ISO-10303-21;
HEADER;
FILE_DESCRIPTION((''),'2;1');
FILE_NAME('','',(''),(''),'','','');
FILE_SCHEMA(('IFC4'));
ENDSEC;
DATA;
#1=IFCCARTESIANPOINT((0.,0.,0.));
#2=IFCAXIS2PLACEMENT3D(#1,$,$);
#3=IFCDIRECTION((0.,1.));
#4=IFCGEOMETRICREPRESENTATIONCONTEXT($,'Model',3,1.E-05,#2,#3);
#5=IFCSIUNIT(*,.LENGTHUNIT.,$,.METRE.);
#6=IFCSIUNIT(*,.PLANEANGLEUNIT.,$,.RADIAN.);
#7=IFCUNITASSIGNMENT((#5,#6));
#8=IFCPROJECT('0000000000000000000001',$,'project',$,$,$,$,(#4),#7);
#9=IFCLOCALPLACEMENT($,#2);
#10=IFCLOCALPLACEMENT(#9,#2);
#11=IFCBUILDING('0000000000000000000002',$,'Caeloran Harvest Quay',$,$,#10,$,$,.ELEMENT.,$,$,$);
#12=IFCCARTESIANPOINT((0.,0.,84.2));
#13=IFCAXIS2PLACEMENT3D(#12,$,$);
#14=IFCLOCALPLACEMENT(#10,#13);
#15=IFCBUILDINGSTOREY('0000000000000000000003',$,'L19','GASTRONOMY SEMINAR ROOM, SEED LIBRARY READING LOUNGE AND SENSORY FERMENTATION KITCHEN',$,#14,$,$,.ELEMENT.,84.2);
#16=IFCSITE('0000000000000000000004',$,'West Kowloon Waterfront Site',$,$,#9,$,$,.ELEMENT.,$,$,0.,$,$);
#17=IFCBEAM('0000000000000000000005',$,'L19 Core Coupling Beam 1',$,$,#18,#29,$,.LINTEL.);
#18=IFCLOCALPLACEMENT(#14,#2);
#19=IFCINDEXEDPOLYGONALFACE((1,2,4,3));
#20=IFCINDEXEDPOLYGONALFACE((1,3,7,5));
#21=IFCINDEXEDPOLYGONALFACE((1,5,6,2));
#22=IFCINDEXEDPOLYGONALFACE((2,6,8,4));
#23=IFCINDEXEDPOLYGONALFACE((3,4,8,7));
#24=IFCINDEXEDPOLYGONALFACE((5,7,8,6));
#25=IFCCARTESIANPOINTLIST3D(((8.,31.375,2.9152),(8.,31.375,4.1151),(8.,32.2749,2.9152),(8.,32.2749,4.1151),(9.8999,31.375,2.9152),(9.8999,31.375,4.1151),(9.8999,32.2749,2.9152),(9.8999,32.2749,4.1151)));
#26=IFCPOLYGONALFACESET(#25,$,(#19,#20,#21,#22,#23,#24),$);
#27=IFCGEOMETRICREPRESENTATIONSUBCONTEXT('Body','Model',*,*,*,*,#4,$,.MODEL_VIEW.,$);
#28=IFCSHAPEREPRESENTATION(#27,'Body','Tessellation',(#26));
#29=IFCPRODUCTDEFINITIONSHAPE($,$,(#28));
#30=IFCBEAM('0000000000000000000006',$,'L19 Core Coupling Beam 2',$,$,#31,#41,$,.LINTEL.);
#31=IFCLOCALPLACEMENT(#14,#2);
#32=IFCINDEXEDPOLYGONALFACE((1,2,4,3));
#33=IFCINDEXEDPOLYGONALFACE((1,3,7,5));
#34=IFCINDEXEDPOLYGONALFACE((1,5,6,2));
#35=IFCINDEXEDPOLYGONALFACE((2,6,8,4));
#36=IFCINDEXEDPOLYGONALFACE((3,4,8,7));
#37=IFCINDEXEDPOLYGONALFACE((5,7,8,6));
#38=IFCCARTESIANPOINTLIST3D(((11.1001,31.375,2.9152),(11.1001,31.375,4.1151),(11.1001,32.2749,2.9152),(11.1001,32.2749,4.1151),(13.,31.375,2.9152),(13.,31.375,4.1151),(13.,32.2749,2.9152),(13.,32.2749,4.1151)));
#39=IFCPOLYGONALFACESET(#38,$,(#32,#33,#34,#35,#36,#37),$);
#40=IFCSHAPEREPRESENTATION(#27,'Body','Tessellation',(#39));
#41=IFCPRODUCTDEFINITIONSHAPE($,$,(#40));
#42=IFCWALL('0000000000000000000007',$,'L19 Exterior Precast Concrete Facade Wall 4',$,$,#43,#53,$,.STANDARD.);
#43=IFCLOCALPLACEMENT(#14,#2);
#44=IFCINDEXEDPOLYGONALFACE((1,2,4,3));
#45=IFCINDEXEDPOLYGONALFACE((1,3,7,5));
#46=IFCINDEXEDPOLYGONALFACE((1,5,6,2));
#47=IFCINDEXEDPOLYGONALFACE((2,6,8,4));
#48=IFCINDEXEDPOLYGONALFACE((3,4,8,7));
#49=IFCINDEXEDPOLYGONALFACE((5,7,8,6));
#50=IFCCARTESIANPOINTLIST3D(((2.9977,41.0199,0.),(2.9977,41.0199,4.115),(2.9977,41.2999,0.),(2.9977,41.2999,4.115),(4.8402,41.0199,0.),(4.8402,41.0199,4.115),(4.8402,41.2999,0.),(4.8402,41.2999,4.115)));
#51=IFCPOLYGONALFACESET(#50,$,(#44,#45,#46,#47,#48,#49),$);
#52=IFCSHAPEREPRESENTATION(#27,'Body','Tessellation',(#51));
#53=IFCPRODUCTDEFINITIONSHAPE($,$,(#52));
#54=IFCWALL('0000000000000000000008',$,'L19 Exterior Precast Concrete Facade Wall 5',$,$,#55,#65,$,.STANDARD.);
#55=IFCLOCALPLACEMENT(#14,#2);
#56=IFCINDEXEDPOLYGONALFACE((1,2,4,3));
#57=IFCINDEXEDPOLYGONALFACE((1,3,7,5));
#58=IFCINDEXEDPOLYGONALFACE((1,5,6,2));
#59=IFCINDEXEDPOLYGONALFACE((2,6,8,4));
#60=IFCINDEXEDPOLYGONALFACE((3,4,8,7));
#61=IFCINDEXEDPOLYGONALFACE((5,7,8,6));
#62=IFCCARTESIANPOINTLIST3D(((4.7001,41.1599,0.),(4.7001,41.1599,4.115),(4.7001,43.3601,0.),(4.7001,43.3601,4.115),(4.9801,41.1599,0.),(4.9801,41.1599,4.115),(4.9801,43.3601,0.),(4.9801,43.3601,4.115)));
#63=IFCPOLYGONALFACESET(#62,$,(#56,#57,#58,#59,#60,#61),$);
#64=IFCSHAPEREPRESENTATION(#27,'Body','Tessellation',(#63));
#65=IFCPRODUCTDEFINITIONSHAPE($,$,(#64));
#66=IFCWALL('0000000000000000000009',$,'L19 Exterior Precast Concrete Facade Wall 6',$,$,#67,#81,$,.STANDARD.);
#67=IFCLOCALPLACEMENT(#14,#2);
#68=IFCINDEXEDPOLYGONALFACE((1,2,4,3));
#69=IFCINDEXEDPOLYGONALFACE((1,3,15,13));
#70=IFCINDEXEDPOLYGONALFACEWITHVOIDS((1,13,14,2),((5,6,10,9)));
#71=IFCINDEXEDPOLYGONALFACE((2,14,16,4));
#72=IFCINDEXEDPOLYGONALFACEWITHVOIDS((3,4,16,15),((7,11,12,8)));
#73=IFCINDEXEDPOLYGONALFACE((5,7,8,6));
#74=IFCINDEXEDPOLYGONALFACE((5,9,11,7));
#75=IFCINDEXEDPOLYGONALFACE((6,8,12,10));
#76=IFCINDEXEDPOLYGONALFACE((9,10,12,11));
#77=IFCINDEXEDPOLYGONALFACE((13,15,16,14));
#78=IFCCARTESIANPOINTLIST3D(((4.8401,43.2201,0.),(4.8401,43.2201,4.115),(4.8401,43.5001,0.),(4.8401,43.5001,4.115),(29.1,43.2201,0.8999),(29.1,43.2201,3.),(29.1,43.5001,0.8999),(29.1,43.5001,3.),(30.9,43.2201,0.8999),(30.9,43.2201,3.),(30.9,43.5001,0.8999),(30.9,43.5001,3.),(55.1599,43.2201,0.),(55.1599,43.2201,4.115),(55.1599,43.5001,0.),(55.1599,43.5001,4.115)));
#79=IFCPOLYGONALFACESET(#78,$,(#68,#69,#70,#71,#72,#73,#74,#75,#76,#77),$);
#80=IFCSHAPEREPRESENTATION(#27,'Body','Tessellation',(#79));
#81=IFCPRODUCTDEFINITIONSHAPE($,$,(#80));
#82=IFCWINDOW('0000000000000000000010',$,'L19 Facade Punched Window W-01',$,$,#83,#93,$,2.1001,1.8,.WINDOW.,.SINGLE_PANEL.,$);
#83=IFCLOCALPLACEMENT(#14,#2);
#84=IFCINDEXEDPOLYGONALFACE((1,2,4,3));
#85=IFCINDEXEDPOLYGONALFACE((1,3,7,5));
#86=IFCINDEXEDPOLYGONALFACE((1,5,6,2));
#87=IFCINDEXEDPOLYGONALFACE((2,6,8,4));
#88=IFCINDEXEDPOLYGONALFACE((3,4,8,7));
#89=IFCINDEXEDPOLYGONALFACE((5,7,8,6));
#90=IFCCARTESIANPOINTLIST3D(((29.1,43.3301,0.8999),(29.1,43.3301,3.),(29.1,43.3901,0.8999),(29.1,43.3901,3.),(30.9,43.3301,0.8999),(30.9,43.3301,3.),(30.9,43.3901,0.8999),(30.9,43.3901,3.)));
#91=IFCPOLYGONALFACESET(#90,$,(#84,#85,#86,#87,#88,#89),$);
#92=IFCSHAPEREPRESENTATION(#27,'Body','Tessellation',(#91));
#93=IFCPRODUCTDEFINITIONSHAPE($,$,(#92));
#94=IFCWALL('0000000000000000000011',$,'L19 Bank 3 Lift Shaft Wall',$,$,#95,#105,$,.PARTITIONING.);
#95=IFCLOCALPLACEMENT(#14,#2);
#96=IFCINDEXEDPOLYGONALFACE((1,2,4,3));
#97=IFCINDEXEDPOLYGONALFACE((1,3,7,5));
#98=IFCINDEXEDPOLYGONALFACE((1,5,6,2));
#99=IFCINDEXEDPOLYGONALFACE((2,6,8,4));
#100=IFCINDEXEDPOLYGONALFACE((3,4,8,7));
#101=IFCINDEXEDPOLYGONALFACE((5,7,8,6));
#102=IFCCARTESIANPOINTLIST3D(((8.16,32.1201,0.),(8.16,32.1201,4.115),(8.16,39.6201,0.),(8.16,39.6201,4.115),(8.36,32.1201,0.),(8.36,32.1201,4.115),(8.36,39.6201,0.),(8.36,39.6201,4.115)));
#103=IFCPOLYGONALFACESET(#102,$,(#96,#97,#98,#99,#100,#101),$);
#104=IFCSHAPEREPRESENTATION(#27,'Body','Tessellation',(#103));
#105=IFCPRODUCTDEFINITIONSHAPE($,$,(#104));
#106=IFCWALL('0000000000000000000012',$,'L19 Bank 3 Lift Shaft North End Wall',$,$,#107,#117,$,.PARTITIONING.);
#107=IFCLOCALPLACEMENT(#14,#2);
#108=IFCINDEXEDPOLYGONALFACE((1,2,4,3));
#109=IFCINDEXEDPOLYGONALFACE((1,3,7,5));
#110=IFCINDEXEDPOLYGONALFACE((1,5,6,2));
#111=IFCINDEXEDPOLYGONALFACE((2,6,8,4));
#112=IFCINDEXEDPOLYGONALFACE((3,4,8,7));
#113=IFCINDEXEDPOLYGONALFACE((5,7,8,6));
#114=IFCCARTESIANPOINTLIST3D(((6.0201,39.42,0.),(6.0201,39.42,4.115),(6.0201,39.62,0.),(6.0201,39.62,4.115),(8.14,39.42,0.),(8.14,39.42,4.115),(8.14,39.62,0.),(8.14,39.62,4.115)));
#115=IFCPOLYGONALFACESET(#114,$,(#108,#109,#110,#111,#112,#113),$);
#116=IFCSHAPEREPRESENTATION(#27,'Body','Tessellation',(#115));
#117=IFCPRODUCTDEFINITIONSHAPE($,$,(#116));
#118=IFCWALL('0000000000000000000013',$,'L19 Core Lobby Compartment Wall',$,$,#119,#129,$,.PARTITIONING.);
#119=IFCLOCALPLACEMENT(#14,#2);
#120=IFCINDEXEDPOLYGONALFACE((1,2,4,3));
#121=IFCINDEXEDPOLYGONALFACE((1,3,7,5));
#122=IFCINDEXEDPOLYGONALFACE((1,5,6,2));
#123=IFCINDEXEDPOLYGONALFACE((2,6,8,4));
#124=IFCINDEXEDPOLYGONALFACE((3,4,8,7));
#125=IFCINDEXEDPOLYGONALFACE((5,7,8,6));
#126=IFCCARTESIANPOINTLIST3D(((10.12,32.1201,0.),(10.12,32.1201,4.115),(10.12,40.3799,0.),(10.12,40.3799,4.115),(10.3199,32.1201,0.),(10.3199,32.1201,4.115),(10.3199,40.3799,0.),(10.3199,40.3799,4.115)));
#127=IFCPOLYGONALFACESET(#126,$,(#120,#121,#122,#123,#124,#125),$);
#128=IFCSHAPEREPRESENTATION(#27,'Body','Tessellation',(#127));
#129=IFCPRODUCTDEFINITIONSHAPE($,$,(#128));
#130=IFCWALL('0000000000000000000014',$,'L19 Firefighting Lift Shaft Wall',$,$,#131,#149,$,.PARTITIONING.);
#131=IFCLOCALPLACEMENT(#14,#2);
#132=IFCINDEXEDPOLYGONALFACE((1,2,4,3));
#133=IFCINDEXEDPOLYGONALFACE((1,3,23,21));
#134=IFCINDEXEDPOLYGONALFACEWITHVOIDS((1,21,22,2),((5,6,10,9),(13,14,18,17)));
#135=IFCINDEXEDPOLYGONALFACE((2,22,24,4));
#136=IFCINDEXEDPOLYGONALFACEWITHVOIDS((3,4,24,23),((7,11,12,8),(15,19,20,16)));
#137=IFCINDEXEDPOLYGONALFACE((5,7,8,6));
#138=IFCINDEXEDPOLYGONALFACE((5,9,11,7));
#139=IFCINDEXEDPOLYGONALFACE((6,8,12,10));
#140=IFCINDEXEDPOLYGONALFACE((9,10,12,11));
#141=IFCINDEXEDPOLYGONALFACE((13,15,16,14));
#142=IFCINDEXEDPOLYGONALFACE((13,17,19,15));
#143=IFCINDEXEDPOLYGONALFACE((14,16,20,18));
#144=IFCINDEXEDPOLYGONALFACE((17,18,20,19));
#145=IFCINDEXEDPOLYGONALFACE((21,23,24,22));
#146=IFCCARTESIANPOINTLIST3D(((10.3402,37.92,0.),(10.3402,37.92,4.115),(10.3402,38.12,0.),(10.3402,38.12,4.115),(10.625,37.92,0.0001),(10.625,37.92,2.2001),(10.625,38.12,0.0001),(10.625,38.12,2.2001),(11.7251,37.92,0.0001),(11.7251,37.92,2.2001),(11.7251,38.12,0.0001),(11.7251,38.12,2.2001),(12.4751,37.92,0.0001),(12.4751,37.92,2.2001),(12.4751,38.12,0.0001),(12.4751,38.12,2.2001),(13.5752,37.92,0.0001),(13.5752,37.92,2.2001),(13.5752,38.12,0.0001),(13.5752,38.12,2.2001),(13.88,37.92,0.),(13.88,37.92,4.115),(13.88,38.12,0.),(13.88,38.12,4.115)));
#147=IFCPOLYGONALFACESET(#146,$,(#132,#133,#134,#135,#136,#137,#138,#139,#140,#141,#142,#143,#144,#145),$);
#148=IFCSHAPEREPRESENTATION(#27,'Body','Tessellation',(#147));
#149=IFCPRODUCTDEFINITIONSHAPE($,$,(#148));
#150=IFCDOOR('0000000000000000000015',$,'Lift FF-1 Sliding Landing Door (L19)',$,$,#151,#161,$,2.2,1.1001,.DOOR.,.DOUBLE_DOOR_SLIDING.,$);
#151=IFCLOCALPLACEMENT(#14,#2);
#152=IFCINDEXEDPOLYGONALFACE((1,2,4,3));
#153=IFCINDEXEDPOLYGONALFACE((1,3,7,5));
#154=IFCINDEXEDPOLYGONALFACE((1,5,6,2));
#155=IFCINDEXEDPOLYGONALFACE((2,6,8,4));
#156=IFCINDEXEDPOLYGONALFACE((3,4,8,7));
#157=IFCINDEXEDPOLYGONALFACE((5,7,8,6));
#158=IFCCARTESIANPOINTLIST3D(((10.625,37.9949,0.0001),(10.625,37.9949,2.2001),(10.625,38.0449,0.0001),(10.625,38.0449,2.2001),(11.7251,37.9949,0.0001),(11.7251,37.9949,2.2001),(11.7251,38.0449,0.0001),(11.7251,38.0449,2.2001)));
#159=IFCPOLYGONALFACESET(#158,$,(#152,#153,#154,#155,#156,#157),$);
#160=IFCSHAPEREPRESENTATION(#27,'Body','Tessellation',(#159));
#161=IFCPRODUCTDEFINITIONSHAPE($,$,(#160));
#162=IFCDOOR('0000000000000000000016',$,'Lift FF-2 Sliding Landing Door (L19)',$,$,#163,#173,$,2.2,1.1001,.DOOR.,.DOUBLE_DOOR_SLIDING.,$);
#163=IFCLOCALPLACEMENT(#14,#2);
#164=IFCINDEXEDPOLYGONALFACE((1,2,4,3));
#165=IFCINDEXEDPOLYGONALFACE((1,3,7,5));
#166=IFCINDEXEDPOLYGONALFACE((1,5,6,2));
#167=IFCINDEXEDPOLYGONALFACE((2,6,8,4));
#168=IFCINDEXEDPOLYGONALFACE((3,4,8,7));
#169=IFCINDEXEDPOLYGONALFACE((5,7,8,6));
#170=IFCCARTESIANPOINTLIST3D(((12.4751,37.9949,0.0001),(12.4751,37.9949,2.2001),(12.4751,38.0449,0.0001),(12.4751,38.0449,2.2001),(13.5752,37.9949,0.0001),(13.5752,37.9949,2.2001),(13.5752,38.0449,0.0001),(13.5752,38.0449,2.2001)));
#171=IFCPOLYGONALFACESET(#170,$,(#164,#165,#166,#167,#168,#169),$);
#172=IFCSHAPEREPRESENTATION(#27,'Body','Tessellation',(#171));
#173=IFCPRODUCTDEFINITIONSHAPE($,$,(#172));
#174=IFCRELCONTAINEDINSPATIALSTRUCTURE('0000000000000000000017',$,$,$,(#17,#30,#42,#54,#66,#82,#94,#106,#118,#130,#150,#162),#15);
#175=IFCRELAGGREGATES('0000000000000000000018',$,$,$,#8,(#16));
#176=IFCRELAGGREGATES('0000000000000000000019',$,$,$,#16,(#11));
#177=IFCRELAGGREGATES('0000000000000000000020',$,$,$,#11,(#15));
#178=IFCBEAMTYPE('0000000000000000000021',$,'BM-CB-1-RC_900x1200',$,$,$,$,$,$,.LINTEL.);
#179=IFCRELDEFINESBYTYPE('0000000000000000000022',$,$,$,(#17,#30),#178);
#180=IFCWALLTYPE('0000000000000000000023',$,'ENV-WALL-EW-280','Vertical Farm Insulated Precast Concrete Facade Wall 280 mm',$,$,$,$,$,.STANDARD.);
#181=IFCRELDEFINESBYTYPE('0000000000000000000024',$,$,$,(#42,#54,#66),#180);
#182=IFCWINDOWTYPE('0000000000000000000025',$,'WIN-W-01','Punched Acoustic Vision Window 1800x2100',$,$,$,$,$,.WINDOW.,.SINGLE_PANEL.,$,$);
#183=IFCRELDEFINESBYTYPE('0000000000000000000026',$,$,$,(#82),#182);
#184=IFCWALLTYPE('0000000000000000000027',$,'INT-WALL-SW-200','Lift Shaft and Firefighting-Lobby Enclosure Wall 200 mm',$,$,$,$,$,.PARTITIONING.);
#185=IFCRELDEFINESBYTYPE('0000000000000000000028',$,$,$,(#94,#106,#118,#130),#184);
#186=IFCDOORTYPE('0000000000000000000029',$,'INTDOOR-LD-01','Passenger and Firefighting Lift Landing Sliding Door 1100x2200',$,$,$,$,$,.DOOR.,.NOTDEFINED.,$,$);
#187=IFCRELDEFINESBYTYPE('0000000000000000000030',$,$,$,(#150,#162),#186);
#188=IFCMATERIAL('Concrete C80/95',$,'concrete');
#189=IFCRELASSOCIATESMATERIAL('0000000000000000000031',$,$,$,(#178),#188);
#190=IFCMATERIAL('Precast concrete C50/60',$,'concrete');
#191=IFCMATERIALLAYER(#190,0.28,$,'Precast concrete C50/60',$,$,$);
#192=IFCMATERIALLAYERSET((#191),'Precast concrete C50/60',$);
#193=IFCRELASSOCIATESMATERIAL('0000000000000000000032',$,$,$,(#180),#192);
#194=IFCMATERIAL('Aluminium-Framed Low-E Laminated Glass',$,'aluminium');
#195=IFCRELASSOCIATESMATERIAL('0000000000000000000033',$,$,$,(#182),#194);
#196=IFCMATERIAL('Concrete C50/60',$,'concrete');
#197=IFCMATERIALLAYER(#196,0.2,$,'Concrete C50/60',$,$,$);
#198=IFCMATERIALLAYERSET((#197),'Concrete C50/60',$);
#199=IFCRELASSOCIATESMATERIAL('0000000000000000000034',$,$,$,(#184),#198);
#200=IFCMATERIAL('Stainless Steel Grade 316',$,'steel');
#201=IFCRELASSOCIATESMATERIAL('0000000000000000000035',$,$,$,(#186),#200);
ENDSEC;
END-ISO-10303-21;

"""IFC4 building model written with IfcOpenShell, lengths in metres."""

from ifc_helpers import new_model, si_unit, direction, frame, frame_2d, origin, origin_2d, place, context, subcontext, project, spatial, rectangle, extrude, material, layer, layer_set, material_profile, profile_set, type_object, element, fill, save


model = new_model("IFC4")

# Units and contexts
model_context = context("Model", 3, precision=1e-05, world=origin(), true_north=direction((0.0, 1.0)))
body_context = subcontext(model_context, "Body", "Model", "MODEL_VIEW")
ifc_project = project(units=[si_unit("LENGTHUNIT", "METRE"), si_unit("PLANEANGLEUNIT", "RADIAN")], contexts=[model_context])

# Site, building, storey
site_placement = place(None, origin())
site = spatial("IfcSite", under=ifc_project, at=site_placement, Name="West Kowloon Waterfront Site", CompositionType="ELEMENT", RefElevation=0.0)
building_placement = place(site_placement, origin())
building = spatial("IfcBuilding", under=site, at=building_placement, Name="Caeloran Harvest Quay", CompositionType="ELEMENT")
storey_placement = place(building_placement, frame((0.0, 0.0, 84.2)))
storey = spatial("IfcBuildingStorey", under=building, at=storey_placement, Name="L19", Description="GASTRONOMY SEMINAR ROOM, SEED LIBRARY READING LOUNGE AND SENSORY FERMENTATION KITCHEN", CompositionType="ELEMENT", Elevation=84.2)

# Beams
ifc_material_1 = material(Name="Concrete C80/95", Category="concrete")
ifc_material_profile = material_profile(ifc_material_1, rectangle(XDim=0.8999, YDim=1.2, at=origin_2d()), Name="RC 900x1200")
ifc_profile_set = profile_set([ifc_material_profile], Name="Concrete C80/95")
beam_type = type_object("IfcBeamType", Name="BM-CB-1-RC_900x1200", PredefinedType="LINTEL", material=ifc_profile_set)
for number, where, z_axis, x_axis, name in (
    (1, (8.0, 31.825, 3.5151), (1.0, 0.0, 0.0), (0.0, 1.0, 0.0), "L19 Core Coupling Beam 1"),
    (2, (11.1001, 31.825, 3.5151), (1.0, 0.0, 0.0), (0.0, 1.0, 0.0), "L19 Core Coupling Beam 2"),
):
    element("IfcBeam", number, at=place(storey_placement, frame(where, z_axis=z_axis, x_axis=x_axis)), inside=storey, type_object=beam_type, Name=name, PredefinedType="LINTEL", context=body_context, shape_type="SweptSolid", body=[
        extrude(rectangle(XDim=0.8999, YDim=1.2, at=origin_2d()), origin(), (0.0, 0.0, 1.0), 1.8999),
    ])

# Walls
ifc_material_2 = material(Name="Precast concrete C50/60", Category="concrete")
ifc_layer_1 = layer(ifc_material_2, 0.28, Name="Precast concrete C50/60")
ifc_layer_set_1 = layer_set([ifc_layer_1], Name="Precast concrete C50/60")
wall_type_1 = type_object("IfcWallType", Name="ENV-WALL-EW-280", Description="Vertical Farm Insulated Precast Concrete Facade Wall 280 mm", PredefinedType="STANDARD", material=ifc_layer_set_1)
wall_1_placement = place(storey_placement, frame((2.9976, 41.1599, 0.0), z_axis=(0.0, 0.0, 1.0), x_axis=(1.0, 0.0, 0.0)))
element("IfcWall", 3, at=wall_1_placement, inside=storey, type_object=wall_type_1, Name="L19 Exterior Precast Concrete Facade Wall 4", PredefinedType="STANDARD", context=body_context, shape_type="SweptSolid", body=[
    extrude(rectangle(XDim=1.8425, YDim=0.28, at=frame_2d((0.9214, 0.0))), origin(), (0.0, 0.0, 1.0), 4.115),
])
wall_2_placement = place(storey_placement, frame((4.8401, 41.1599, 0.0), z_axis=(0.0, 0.0, 1.0), x_axis=(0.0, 1.0, 0.0)))
element("IfcWall", 4, at=wall_2_placement, inside=storey, type_object=wall_type_1, Name="L19 Exterior Precast Concrete Facade Wall 5", PredefinedType="STANDARD", context=body_context, shape_type="SweptSolid", body=[
    extrude(rectangle(XDim=2.2002, YDim=0.28, at=frame_2d((1.1001, 0.0))), origin(), (0.0, 0.0, 1.0), 4.115),
])

# Wall, opening, window
wall_3_placement = place(storey_placement, frame((4.8401, 43.3601, 0.0), z_axis=(0.0, 0.0, 1.0), x_axis=(1.0, 0.0, 0.0)))
wall_3 = element("IfcWall", 5, at=wall_3_placement, inside=storey, type_object=wall_type_1, Name="L19 Exterior Precast Concrete Facade Wall 6", PredefinedType="STANDARD", context=body_context, shape_type="SweptSolid", body=[
    extrude(rectangle(XDim=50.3198, YDim=0.28, at=frame_2d((25.1599, 0.0))), origin(), (0.0, 0.0, 1.0), 4.115),
])
opening_1_placement = place(wall_3_placement, frame((24.26, 0.0, 0.8999)))
opening_1 = element("IfcOpeningElement", 6, at=opening_1_placement, cuts=wall_3, PredefinedType="OPENING", context=body_context, shape_type="SweptSolid", body=[
    extrude(rectangle(XDim=1.8, YDim=2.1001, at=frame_2d((0.8999, 1.05))), frame((0.0, 0.1499, 0.0), z_axis=(0.0, -1.0, 0.0), x_axis=(1.0, 0.0, 0.0)), (0.0, 0.0, 1.0), 0.3),
])
ifc_material_3 = material(Name="Aluminium-Framed Low-E Laminated Glass", Category="aluminium")
window_type = type_object("IfcWindowType", Name="WIN-W-01", Description="Punched Acoustic Vision Window 1800x2100", PartitioningType="SINGLE_PANEL", PredefinedType="WINDOW", material=ifc_material_3)
window_placement = place(opening_1_placement, origin())
window = element("IfcWindow", 7, at=window_placement, inside=storey, type_object=window_type, Name="L19 Facade Punched Window W-01", OverallHeight=2.1001, OverallWidth=1.8, PartitioningType="SINGLE_PANEL", PredefinedType="WINDOW", context=body_context, shape_type="SweptSolid", body=[
    extrude(rectangle(XDim=1.8, YDim=2.1001, at=frame_2d((0.8999, 1.05))), frame((0.0, 0.03, 0.0), z_axis=(0.0, -1.0, 0.0), x_axis=(1.0, 0.0, 0.0)), (0.0, 0.0, 1.0), 0.0601),
])
fill(opening_1, window)

# Walls
ifc_material_4 = material(Name="Concrete C50/60", Category="concrete")
ifc_layer_2 = layer(ifc_material_4, 0.2, Name="Concrete C50/60")
ifc_layer_set_2 = layer_set([ifc_layer_2], Name="Concrete C50/60")
wall_type_2 = type_object("IfcWallType", Name="INT-WALL-SW-200", Description="Lift Shaft and Firefighting-Lobby Enclosure Wall 200 mm", PredefinedType="PARTITIONING", material=ifc_layer_set_2)
wall_4_placement = place(storey_placement, frame((8.26, 32.1201, 0.0), z_axis=(0.0, 0.0, 1.0), x_axis=(0.0, 1.0, 0.0)))
element("IfcWall", 8, at=wall_4_placement, inside=storey, type_object=wall_type_2, Name="L19 Bank 3 Lift Shaft Wall", PredefinedType="PARTITIONING", context=body_context, shape_type="SweptSolid", body=[
    extrude(rectangle(XDim=7.5, YDim=0.2, at=frame_2d((3.75, 0.0))), origin(), (0.0, 0.0, 1.0), 4.115),
])
wall_5_placement = place(storey_placement, frame((6.02, 39.52, 0.0), z_axis=(0.0, 0.0, 1.0), x_axis=(1.0, 0.0, 0.0)))
element("IfcWall", 9, at=wall_5_placement, inside=storey, type_object=wall_type_2, Name="L19 Bank 3 Lift Shaft North End Wall", PredefinedType="PARTITIONING", context=body_context, shape_type="SweptSolid", body=[
    extrude(rectangle(XDim=2.1199, YDim=0.2, at=frame_2d((1.0601, 0.0))), origin(), (0.0, 0.0, 1.0), 4.115),
])
wall_6_placement = place(storey_placement, frame((10.22, 32.1201, 0.0), z_axis=(0.0, 0.0, 1.0), x_axis=(0.0, 1.0, 0.0)))
element("IfcWall", 10, at=wall_6_placement, inside=storey, type_object=wall_type_2, Name="L19 Core Lobby Compartment Wall", PredefinedType="PARTITIONING", context=body_context, shape_type="SweptSolid", body=[
    extrude(rectangle(XDim=8.2598, YDim=0.2, at=frame_2d((4.1299, 0.0))), origin(), (0.0, 0.0, 1.0), 4.115),
])

# Wall, openings, doors
wall_7_placement = place(storey_placement, frame((10.3401, 38.02, 0.0), z_axis=(0.0, 0.0, 1.0), x_axis=(1.0, 0.0, 0.0)))
wall_7 = element("IfcWall", 11, at=wall_7_placement, inside=storey, type_object=wall_type_2, Name="L19 Firefighting Lift Shaft Wall", PredefinedType="PARTITIONING", context=body_context, shape_type="SweptSolid", body=[
    extrude(rectangle(XDim=3.5398, YDim=0.2, at=frame_2d((1.77, 0.0))), origin(), (0.0, 0.0, 1.0), 4.115),
])
opening_2_placement = place(wall_7_placement, frame((0.2849, 0.0, 0.0)))
opening_2 = element("IfcOpeningElement", 12, at=opening_2_placement, cuts=wall_7, PredefinedType="OPENING", context=body_context, shape_type="SweptSolid", body=[
    extrude(rectangle(XDim=1.1001, YDim=2.2, at=frame_2d((0.55, 1.1001))), frame((0.0, 0.1099, 0.0), z_axis=(0.0, -1.0, 0.0), x_axis=(1.0, 0.0, 0.0)), (0.0, 0.0, 1.0), 0.22),
])
opening_3_placement = place(wall_7_placement, frame((2.135, 0.0, 0.0)))
opening_3 = element("IfcOpeningElement", 13, at=opening_3_placement, cuts=wall_7, PredefinedType="OPENING", context=body_context, shape_type="SweptSolid", body=[
    extrude(rectangle(XDim=1.1001, YDim=2.2, at=frame_2d((0.55, 1.1001))), frame((0.0, 0.1099, 0.0), z_axis=(0.0, -1.0, 0.0), x_axis=(1.0, 0.0, 0.0)), (0.0, 0.0, 1.0), 0.22),
])
ifc_material_5 = material(Name="Stainless Steel Grade 316", Category="steel")
door_type_1 = type_object("IfcDoorType", Name="INTDOOR-LD-01", Description="Passenger and Firefighting Lift Landing Sliding Door 1100x2200", OperationType="NOTDEFINED", PredefinedType="DOOR", material=ifc_material_5)
door_1_placement = place(opening_2_placement, origin())
door_1 = element("IfcDoor", 14, at=door_1_placement, inside=storey, type_object=door_type_1, Name="Lift FF-1 Sliding Landing Door (L19)", OperationType="DOUBLE_DOOR_SLIDING", OverallHeight=2.2, OverallWidth=1.1001, PredefinedType="DOOR", context=body_context, shape_type="SweptSolid", body=[
    extrude(rectangle(XDim=1.1001, YDim=2.2, at=frame_2d((0.55, 1.1001))), frame((0.0, 0.0249, 0.0), z_axis=(0.0, -1.0, 0.0), x_axis=(1.0, 0.0, 0.0)), (0.0, 0.0, 1.0), 0.05),
])
fill(opening_2, door_1)
door_2_placement = place(opening_3_placement, origin())
door_2 = element("IfcDoor", 15, at=door_2_placement, inside=storey, type_object=door_type_1, Name="Lift FF-2 Sliding Landing Door (L19)", OperationType="DOUBLE_DOOR_SLIDING", OverallHeight=2.2, OverallWidth=1.1001, PredefinedType="DOOR", context=body_context, shape_type="SweptSolid", body=[
    extrude(rectangle(XDim=1.1001, YDim=2.2, at=frame_2d((0.55, 1.1001))), frame((0.0, 0.0249, 0.0), z_axis=(0.0, -1.0, 0.0), x_axis=(1.0, 0.0, 0.0)), (0.0, 0.0, 1.0), 0.05),
])
fill(opening_3, door_2)

save(model, "model.ifc")
